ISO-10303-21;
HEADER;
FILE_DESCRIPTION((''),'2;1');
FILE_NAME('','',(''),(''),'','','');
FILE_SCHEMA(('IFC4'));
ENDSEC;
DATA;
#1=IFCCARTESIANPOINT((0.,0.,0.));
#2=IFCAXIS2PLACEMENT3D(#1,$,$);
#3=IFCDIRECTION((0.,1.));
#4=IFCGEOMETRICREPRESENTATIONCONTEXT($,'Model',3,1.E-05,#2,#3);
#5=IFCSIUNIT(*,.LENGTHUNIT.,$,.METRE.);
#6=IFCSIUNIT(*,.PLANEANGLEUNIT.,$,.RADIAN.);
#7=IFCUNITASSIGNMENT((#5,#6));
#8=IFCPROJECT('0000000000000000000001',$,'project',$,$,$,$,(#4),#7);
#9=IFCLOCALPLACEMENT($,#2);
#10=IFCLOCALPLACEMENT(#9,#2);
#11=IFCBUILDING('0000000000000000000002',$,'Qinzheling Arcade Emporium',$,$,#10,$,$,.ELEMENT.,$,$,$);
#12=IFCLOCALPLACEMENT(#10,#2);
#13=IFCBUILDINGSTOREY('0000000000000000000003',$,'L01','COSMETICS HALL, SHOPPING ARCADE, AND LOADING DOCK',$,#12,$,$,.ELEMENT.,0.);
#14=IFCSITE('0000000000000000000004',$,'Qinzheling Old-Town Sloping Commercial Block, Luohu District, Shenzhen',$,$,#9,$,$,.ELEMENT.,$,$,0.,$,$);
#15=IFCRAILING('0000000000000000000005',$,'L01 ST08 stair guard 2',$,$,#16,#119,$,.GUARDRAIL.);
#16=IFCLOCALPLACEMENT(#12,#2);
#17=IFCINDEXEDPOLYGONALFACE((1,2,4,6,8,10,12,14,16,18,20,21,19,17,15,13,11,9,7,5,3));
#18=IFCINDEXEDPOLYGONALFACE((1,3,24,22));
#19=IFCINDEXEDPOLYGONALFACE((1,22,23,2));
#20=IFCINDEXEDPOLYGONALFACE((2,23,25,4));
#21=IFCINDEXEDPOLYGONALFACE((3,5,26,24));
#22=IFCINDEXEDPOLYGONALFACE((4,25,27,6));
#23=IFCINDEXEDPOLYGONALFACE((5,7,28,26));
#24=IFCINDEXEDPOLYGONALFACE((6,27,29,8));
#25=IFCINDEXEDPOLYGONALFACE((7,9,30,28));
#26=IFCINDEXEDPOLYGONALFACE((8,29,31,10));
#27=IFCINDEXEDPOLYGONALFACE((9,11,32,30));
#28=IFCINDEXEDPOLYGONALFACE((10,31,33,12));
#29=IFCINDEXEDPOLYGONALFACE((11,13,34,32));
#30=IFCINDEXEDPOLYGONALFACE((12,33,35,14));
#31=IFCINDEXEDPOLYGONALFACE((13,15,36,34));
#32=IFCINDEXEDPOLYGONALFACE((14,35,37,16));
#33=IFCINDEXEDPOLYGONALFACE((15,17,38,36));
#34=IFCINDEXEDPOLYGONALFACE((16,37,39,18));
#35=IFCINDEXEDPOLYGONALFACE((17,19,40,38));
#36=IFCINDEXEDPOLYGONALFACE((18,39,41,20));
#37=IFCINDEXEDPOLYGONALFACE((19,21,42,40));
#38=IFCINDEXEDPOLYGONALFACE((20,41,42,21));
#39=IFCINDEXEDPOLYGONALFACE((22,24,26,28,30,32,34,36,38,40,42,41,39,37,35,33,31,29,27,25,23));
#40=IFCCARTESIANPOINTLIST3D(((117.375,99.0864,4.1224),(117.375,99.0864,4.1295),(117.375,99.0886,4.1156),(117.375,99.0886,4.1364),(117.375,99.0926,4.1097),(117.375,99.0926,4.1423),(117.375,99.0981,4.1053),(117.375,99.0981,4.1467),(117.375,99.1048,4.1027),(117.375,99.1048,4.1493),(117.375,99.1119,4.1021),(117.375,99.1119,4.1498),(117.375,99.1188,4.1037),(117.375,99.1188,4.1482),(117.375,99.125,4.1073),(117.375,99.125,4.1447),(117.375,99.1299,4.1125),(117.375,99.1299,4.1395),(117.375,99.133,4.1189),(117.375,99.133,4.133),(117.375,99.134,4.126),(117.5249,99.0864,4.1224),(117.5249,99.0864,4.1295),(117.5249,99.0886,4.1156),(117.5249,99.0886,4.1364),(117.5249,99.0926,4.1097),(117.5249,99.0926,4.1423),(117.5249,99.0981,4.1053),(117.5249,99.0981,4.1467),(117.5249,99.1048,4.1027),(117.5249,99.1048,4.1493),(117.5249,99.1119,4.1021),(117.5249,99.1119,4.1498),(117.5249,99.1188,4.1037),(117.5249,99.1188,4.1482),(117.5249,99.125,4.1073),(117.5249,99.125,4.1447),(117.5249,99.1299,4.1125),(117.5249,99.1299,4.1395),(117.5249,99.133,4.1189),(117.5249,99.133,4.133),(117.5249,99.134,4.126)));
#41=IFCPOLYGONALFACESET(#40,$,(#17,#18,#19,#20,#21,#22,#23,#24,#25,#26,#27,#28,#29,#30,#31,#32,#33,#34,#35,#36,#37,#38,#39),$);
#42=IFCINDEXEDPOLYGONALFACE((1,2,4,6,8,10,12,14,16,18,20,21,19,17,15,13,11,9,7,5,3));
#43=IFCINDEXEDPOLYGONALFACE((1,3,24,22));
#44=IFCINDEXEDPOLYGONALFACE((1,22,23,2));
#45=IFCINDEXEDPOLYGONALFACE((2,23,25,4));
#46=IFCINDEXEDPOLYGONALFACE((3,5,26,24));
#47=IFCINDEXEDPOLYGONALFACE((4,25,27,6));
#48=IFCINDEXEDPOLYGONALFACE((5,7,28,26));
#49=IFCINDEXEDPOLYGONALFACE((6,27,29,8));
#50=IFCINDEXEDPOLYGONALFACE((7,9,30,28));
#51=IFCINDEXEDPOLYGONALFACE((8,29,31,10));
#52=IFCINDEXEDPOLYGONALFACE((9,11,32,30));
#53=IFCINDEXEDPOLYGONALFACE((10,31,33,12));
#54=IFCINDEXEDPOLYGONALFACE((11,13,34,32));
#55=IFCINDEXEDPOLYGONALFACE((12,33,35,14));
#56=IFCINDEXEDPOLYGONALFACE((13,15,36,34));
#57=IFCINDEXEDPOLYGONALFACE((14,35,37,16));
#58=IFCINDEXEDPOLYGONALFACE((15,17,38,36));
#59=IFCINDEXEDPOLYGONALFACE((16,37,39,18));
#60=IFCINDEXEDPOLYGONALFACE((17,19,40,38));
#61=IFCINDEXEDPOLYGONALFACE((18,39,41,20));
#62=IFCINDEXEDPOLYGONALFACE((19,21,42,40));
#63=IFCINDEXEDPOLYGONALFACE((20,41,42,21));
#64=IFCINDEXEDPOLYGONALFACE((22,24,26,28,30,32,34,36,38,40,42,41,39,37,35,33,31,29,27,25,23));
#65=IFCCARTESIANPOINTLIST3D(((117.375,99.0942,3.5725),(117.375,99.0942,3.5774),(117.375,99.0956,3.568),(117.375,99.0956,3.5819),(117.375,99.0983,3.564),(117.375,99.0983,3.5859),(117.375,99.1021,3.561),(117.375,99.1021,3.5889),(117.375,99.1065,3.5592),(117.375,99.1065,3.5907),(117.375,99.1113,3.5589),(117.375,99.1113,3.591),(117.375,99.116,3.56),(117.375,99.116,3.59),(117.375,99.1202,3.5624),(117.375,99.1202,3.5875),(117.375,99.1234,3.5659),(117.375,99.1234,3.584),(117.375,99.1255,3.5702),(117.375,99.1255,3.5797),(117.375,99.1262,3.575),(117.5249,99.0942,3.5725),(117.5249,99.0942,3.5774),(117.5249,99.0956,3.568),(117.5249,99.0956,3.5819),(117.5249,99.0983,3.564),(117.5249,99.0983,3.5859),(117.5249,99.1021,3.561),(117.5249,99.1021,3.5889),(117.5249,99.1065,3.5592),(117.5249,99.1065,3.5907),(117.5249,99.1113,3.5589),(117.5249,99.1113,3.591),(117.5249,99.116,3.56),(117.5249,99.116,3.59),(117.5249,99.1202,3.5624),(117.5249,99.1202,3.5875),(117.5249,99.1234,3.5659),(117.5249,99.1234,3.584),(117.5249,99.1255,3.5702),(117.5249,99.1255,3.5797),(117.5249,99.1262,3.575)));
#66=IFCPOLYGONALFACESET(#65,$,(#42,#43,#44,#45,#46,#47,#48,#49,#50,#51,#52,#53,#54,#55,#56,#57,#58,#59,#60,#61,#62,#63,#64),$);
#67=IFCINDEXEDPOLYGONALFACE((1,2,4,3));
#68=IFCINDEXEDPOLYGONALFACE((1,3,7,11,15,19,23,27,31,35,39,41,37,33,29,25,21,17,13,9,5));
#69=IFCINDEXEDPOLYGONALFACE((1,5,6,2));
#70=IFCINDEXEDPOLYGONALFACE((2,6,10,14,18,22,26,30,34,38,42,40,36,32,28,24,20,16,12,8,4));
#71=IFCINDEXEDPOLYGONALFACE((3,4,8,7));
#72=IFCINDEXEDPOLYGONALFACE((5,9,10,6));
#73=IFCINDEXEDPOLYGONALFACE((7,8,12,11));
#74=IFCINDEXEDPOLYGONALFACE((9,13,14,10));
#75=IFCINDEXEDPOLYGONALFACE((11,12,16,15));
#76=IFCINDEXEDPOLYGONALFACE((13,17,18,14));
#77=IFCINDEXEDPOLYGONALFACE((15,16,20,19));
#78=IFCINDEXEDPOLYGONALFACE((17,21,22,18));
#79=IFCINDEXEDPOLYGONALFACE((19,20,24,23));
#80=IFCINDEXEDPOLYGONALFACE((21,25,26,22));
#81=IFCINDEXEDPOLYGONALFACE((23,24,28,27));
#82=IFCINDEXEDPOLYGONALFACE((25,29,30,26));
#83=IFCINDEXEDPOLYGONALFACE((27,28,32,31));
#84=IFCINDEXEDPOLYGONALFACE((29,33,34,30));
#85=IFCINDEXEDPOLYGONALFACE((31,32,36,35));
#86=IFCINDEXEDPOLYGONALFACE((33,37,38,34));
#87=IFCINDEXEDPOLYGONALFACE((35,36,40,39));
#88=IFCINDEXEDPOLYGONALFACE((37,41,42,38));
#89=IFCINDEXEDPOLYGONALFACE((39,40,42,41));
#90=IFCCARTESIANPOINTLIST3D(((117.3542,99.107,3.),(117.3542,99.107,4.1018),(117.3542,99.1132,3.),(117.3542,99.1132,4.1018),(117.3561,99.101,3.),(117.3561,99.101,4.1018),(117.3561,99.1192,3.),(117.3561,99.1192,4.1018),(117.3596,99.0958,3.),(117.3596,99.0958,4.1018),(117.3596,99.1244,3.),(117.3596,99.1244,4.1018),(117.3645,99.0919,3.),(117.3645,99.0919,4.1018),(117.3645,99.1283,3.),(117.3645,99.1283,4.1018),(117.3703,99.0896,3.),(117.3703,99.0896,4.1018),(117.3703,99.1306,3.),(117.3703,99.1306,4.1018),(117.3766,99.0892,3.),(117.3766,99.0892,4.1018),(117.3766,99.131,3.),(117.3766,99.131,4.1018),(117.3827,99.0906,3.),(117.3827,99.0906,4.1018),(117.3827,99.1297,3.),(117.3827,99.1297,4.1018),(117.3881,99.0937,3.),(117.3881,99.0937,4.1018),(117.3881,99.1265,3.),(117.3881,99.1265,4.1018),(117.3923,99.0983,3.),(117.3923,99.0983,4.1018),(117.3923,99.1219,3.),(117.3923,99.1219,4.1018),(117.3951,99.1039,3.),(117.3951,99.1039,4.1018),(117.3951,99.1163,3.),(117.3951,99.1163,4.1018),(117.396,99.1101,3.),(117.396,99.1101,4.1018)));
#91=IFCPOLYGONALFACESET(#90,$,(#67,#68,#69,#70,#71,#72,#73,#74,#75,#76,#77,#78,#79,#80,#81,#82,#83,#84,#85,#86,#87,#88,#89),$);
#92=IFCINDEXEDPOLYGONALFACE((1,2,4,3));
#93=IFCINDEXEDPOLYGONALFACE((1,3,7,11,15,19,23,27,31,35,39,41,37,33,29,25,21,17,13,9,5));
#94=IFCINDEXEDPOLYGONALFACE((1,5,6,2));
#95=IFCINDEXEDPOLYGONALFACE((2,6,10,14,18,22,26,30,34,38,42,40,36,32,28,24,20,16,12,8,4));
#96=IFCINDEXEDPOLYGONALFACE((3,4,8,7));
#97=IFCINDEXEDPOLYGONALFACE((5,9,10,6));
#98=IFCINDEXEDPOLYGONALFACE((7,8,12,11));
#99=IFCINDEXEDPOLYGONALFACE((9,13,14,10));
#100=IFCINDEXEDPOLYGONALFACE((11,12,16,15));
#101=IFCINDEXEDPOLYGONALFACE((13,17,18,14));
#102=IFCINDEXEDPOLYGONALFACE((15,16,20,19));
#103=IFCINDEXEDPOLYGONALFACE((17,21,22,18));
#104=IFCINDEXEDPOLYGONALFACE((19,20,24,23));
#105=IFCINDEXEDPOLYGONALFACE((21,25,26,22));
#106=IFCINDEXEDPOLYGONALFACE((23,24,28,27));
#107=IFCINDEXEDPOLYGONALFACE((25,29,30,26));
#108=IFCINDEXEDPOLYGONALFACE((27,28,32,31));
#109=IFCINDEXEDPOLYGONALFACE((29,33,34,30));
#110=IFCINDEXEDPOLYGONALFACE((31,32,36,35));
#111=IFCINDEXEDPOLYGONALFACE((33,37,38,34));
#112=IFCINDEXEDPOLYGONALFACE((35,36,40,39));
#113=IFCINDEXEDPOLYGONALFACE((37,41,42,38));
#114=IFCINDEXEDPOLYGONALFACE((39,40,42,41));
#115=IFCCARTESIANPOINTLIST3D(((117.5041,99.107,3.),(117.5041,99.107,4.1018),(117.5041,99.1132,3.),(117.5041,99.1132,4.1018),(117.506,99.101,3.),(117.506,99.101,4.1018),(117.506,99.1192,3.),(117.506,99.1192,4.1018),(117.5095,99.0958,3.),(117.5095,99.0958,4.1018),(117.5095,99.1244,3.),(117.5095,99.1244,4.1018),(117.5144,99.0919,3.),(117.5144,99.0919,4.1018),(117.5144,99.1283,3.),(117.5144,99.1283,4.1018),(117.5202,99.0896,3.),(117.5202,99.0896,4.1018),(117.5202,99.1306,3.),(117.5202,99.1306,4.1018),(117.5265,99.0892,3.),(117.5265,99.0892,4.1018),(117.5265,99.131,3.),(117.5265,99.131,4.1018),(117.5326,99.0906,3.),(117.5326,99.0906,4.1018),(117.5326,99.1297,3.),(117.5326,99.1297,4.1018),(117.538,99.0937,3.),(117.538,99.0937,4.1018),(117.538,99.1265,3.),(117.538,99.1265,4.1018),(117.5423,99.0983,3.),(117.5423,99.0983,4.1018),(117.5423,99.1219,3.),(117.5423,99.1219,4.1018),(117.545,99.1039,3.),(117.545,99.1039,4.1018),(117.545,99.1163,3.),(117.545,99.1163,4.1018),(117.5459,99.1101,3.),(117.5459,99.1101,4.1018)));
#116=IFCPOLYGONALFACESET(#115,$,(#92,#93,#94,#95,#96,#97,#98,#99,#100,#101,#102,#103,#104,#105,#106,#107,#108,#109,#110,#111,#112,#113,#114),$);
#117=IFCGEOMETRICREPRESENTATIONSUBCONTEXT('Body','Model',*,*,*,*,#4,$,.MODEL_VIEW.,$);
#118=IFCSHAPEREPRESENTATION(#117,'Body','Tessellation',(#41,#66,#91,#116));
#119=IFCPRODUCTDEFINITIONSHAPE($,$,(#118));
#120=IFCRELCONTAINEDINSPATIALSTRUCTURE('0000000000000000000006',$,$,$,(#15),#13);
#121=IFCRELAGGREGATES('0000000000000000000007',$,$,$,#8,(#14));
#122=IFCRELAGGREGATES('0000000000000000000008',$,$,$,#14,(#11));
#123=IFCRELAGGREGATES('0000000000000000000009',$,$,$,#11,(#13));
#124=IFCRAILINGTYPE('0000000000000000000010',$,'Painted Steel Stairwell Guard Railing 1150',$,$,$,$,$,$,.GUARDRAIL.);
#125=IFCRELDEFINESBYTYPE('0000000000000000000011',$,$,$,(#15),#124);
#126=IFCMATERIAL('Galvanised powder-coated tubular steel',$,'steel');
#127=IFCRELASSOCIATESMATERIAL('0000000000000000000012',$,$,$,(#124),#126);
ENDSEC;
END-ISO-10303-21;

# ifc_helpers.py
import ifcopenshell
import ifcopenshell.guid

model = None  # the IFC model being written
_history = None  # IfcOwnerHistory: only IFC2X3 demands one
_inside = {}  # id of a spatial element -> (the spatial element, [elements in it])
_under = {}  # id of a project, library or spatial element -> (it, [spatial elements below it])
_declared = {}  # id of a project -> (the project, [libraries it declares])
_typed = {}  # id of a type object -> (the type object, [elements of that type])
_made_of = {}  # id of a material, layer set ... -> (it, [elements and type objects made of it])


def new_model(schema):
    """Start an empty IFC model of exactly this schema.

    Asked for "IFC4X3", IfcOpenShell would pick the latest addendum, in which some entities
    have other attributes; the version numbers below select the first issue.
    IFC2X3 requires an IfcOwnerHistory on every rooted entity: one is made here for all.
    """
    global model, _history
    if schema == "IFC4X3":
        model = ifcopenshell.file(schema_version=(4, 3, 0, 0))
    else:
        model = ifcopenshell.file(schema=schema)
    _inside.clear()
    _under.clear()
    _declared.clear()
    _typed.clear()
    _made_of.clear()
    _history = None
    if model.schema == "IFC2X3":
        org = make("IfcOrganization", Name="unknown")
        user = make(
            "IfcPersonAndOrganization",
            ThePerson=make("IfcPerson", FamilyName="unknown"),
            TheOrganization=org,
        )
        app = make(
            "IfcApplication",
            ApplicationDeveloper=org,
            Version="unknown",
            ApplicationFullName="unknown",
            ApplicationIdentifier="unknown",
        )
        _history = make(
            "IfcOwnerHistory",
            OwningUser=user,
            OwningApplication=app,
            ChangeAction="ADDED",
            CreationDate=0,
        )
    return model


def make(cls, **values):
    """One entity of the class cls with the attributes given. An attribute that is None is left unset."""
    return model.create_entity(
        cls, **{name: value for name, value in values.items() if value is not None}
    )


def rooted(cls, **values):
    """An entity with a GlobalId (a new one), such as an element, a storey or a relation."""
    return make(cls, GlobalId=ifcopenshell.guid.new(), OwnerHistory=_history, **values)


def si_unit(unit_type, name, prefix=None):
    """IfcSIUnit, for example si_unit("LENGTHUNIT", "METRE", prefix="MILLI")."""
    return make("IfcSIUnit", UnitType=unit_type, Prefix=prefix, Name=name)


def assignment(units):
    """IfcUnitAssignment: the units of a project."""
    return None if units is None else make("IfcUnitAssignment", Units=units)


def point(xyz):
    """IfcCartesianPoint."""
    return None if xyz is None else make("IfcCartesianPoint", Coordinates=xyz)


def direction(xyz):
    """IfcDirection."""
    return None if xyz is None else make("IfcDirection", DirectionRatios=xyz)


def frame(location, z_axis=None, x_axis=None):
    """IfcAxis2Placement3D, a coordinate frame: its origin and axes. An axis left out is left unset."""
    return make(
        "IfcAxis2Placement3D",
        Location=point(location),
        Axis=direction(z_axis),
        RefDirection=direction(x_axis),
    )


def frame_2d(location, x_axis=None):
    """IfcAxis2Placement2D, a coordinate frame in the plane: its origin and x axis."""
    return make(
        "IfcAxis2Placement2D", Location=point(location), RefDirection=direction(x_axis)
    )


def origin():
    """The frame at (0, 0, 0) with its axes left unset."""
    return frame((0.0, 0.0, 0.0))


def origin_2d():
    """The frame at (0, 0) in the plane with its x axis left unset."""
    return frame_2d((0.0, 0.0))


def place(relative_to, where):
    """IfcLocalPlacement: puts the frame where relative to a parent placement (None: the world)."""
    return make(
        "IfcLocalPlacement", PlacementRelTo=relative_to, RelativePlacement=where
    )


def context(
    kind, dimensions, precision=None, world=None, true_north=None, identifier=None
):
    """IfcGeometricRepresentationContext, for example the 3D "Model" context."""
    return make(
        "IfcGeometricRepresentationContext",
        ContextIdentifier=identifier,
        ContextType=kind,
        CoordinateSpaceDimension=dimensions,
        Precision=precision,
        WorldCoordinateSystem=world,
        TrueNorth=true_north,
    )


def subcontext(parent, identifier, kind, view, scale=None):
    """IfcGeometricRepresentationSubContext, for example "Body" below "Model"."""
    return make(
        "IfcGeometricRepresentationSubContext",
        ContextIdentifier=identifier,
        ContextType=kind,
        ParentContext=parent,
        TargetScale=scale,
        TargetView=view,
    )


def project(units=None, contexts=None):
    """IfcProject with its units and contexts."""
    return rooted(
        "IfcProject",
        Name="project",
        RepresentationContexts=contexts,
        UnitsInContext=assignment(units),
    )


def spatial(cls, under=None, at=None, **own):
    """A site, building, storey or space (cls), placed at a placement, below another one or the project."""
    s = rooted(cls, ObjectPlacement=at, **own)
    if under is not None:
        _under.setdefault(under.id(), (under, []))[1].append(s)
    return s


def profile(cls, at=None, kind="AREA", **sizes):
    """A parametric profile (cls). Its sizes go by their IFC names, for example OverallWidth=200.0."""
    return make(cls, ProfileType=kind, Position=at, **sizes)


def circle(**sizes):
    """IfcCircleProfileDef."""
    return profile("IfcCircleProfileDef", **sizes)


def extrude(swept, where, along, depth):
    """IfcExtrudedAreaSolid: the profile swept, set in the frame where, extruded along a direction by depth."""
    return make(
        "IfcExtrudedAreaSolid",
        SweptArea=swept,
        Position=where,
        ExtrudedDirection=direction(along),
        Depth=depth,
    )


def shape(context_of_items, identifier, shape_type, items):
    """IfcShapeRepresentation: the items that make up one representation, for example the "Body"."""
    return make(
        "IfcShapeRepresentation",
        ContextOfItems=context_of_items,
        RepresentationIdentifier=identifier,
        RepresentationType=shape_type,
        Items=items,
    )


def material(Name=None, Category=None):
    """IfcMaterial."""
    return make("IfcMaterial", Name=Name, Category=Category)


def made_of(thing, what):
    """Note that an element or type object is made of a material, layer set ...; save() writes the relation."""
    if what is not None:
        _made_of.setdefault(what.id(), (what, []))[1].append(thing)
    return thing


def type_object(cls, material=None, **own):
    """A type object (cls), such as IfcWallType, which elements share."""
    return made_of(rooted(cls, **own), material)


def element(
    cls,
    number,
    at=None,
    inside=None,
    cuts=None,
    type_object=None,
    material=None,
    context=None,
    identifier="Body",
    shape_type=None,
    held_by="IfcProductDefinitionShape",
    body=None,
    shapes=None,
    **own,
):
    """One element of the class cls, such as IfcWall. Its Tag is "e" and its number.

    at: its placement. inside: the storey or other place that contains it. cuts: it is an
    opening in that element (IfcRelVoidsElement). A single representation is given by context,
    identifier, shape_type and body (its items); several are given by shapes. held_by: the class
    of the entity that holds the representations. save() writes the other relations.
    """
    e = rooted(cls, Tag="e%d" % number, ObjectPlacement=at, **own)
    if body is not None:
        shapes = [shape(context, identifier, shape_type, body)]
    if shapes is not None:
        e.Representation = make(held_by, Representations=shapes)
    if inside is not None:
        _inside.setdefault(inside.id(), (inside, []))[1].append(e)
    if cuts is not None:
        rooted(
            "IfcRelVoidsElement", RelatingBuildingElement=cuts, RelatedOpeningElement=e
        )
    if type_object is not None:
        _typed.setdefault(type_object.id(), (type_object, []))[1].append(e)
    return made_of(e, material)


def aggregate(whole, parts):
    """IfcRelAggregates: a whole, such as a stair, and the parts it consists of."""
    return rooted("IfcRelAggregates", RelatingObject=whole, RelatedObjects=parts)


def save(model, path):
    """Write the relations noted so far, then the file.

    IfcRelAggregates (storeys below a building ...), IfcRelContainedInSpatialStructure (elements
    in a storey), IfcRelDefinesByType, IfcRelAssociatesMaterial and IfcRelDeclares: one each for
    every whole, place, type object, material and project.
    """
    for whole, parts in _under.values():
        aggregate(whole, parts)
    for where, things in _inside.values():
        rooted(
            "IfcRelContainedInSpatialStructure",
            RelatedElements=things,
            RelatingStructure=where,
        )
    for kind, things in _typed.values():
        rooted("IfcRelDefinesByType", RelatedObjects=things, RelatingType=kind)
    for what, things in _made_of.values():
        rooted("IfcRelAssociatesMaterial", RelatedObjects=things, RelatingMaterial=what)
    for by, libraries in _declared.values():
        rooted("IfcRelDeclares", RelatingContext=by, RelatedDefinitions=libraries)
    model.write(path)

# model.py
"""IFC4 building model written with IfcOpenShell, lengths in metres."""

from ifc_helpers import new_model, si_unit, direction, frame, origin, origin_2d, place, context, subcontext, project, spatial, circle, extrude, material, type_object, element, save


model = new_model("IFC4")

# Units and contexts
model_context = context("Model", 3, precision=1e-05, world=origin(), true_north=direction((0.0, 1.0)))
body_context = subcontext(model_context, "Body", "Model", "MODEL_VIEW")
ifc_project = project(units=[si_unit("LENGTHUNIT", "METRE"), si_unit("PLANEANGLEUNIT", "RADIAN")], contexts=[model_context])

# Site, building, storey
site_placement = place(None, origin())
site = spatial("IfcSite", under=ifc_project, at=site_placement, Name="Qinzheling Old-Town Sloping Commercial Block, Luohu District, Shenzhen", CompositionType="ELEMENT", RefElevation=0.0)
building_placement = place(site_placement, origin())
building = spatial("IfcBuilding", under=site, at=building_placement, Name="Qinzheling Arcade Emporium", CompositionType="ELEMENT")
storey_placement = place(building_placement, origin())
storey = spatial("IfcBuildingStorey", under=building, at=storey_placement, Name="L01", Description="COSMETICS HALL, SHOPPING ARCADE, AND LOADING DOCK", CompositionType="ELEMENT", Elevation=0.0)

# Railing
ifc_material_1 = material(Name="Galvanised powder-coated tubular steel", Category="steel")
railing_type_1 = type_object("IfcRailingType", Name="Painted Steel Stairwell Guard Railing 1150", PredefinedType="GUARDRAIL", material=ifc_material_1)
railing_1_placement = place(storey_placement, frame((117.375, 99.1101, 3.0)))
element("IfcRailing", 1, at=railing_1_placement, inside=storey, type_object=railing_type_1, Name="L01 ST08 stair guard 2", PredefinedType="GUARDRAIL", context=body_context, shape_type="SweptSolid", body=[
    extrude(circle(Radius=0.0239, at=origin_2d()), frame((0.0, 0.0, 1.126), z_axis=(1.0, 0.0, 0.0), x_axis=(0.0, 1.0, 0.0)), (0.0, 0.0, 1.0), 0.1499),
    extrude(circle(Radius=0.0161, at=origin_2d()), frame((0.0, 0.0, 0.575), z_axis=(1.0, 0.0, 0.0), x_axis=(0.0, 1.0, 0.0)), (0.0, 0.0, 1.0), 0.1499),
    extrude(circle(Radius=0.021, at=origin_2d()), origin(), (0.0, 0.0, 1.0), 1.1018),
    extrude(circle(Radius=0.021, at=origin_2d()), frame((0.1499, 0.0, 0.0)), (0.0, 0.0, 1.0), 1.1018),
])

save(model, "model.ifc")
